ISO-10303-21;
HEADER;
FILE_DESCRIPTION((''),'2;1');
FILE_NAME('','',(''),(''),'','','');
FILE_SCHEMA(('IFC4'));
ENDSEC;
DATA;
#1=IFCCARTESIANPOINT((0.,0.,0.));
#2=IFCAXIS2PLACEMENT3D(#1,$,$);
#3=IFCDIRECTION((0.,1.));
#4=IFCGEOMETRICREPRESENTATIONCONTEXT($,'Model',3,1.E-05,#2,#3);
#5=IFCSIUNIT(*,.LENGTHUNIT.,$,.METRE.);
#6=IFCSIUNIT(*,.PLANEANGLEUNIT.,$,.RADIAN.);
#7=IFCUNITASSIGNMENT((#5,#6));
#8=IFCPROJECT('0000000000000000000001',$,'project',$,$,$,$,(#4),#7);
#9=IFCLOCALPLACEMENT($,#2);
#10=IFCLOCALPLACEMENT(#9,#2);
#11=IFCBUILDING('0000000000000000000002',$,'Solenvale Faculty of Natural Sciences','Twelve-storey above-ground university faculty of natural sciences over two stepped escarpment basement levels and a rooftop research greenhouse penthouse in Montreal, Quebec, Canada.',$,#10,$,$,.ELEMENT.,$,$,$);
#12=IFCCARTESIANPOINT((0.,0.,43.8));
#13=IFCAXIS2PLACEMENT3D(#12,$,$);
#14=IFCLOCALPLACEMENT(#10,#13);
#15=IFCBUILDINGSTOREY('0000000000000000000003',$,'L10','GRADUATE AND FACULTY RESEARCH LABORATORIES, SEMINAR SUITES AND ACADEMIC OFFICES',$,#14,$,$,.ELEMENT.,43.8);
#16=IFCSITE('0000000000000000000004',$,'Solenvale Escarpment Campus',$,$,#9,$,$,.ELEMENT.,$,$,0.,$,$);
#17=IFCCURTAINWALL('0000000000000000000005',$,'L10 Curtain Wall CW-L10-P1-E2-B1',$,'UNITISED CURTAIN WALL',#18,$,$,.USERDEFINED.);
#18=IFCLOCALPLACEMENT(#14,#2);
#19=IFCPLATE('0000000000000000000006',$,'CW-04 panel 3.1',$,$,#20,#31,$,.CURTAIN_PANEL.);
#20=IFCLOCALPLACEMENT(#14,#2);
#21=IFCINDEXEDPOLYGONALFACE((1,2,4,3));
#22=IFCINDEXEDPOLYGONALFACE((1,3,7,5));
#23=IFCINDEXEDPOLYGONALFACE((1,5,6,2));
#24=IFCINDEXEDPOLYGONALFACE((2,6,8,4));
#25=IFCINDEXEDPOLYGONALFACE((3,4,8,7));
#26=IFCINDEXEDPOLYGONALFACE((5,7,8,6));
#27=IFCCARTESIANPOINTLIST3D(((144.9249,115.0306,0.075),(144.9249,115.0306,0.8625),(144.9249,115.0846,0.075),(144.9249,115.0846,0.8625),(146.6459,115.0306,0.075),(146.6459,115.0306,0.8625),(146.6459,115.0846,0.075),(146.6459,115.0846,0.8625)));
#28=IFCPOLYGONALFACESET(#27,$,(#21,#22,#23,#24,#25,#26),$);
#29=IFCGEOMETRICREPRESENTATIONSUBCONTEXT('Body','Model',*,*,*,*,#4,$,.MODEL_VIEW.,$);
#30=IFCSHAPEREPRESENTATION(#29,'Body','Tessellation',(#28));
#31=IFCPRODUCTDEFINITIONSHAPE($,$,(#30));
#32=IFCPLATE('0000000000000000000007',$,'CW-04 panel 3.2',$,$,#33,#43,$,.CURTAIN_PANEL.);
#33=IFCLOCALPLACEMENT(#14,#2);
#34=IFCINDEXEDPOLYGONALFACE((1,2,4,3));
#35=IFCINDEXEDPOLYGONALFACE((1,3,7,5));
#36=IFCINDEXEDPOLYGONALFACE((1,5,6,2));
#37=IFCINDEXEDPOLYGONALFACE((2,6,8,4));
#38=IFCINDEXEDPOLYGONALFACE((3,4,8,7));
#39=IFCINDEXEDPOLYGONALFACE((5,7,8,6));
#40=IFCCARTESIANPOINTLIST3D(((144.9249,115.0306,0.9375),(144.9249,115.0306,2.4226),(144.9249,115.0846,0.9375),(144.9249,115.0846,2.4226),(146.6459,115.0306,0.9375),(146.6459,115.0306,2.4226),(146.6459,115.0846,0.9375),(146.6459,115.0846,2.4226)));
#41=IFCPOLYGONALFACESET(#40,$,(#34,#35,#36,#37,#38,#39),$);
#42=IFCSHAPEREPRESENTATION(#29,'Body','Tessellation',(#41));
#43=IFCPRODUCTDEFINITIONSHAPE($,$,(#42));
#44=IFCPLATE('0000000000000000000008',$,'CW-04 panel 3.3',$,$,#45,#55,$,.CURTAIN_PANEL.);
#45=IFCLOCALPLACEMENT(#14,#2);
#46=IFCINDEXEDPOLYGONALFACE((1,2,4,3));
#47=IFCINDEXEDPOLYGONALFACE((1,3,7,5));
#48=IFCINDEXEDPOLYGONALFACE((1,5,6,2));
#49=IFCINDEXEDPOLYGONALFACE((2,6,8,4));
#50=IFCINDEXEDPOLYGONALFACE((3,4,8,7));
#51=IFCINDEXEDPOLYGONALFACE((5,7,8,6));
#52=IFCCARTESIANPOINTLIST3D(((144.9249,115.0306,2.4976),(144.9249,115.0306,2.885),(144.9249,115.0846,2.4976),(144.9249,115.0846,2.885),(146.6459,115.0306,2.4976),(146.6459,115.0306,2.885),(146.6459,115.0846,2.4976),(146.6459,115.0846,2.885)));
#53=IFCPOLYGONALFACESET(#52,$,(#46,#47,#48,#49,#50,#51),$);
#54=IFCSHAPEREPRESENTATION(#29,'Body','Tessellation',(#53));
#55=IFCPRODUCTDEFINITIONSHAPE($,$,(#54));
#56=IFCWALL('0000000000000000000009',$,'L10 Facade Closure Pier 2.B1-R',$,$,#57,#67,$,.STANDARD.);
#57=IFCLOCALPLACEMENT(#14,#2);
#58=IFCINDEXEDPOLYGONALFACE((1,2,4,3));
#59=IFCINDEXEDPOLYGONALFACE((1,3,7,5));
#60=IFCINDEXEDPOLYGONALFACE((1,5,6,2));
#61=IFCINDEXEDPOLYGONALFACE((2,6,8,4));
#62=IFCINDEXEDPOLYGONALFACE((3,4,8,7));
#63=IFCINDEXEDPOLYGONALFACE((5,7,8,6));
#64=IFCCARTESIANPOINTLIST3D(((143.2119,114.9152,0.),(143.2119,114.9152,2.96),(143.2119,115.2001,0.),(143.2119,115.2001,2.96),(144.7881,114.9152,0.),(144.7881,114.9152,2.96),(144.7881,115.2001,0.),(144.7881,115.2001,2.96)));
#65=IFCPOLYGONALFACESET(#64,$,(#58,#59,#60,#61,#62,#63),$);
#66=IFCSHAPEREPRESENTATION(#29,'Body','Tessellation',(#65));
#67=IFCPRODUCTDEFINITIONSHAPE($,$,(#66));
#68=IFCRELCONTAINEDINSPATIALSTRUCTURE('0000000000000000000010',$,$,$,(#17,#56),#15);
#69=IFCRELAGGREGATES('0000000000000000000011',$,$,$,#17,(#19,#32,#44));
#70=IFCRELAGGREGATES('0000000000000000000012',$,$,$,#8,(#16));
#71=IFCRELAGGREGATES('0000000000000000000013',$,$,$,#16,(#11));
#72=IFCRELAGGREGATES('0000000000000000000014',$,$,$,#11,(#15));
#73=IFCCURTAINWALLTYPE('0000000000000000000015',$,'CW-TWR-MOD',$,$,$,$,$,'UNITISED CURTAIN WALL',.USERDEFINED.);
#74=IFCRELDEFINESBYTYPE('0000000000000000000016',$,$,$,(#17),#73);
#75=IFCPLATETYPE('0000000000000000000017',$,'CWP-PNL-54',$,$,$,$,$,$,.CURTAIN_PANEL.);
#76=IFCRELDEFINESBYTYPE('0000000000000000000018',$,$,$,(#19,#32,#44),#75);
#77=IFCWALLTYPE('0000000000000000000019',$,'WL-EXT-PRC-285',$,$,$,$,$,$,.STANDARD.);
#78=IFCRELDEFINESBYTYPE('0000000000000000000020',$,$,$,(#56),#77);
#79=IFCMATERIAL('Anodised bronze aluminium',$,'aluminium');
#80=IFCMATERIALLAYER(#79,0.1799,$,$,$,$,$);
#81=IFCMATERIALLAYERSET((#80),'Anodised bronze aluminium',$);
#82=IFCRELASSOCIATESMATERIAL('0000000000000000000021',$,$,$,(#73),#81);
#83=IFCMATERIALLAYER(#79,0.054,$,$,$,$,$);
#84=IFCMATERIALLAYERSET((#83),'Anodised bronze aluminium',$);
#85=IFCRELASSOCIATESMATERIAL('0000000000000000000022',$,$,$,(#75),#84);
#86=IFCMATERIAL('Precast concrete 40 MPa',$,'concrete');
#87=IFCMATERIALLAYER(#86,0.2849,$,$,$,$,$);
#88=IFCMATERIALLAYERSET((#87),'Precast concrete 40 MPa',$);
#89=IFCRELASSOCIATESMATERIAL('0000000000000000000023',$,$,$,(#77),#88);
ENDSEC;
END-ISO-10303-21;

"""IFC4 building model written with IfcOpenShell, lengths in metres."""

from ifc_helpers import new_model, si_unit, direction, frame, frame_2d, origin, origin_2d, place, context, subcontext, project, spatial, rectangle, extrude, material, layer, layer_set, type_object, element, aggregate, save


model = new_model("IFC4")

# Units and contexts
model_context = context("Model", 3, precision=1e-05, world=origin(), true_north=direction((0.0, 1.0)))
body_context = subcontext(model_context, "Body", "Model", "MODEL_VIEW")
ifc_project = project(units=[si_unit("LENGTHUNIT", "METRE"), si_unit("PLANEANGLEUNIT", "RADIAN")], contexts=[model_context])

# Site, building, storey
site_placement = place(None, origin())
site = spatial("IfcSite", under=ifc_project, at=site_placement, Name="Solenvale Escarpment Campus", CompositionType="ELEMENT", RefElevation=0.0)
building_placement = place(site_placement, origin())
building = spatial("IfcBuilding", under=site, at=building_placement, Name="Solenvale Faculty of Natural Sciences", Description="Twelve-storey above-ground university faculty of natural sciences over two stepped escarpment basement levels and a rooftop research greenhouse penthouse in Montreal, Quebec, Canada.", CompositionType="ELEMENT")
storey_placement = place(building_placement, frame((0.0, 0.0, 43.8)))
storey = spatial("IfcBuildingStorey", under=building, at=storey_placement, Name="L10", Description="GRADUATE AND FACULTY RESEARCH LABORATORIES, SEMINAR SUITES AND ACADEMIC OFFICES", CompositionType="ELEMENT", Elevation=43.8)

# Shared definitions
ifc_material_1 = material(Name="Precast concrete 40 MPa", Category="concrete")

# Curtain wall, plates
ifc_material_2 = material(Name="Anodised bronze aluminium", Category="aluminium")
ifc_layer_1 = layer(ifc_material_2, 0.1799)
ifc_layer_set_1 = layer_set([ifc_layer_1], Name="Anodised bronze aluminium")
curtain_wall_type = type_object("IfcCurtainWallType", Name="CW-TWR-MOD", ElementType="UNITISED CURTAIN WALL", PredefinedType="USERDEFINED", material=ifc_layer_set_1)
curtain_wall_placement = place(storey_placement, origin())
curtain_wall = element("IfcCurtainWall", 1, at=curtain_wall_placement, inside=storey, type_object=curtain_wall_type, Name="L10 Curtain Wall CW-L10-P1-E2-B1", ObjectType="UNITISED CURTAIN WALL", PredefinedType="USERDEFINED")
ifc_layer_2 = layer(ifc_material_2, 0.054)
ifc_layer_set_2 = layer_set([ifc_layer_2], Name="Anodised bronze aluminium")
plate_type = type_object("IfcPlateType", Name="CWP-PNL-54", PredefinedType="CURTAIN_PANEL", material=ifc_layer_set_2)
plate_1_placement = place(storey_placement, frame((145.7854, 115.0576, 0.075), z_axis=(0.0, 0.0, 1.0), x_axis=(-1.0, 0.0, 0.0)))
plate_1 = element("IfcPlate", 2, at=plate_1_placement, type_object=plate_type, Name="CW-04 panel 3.1", PredefinedType="CURTAIN_PANEL", context=body_context, shape_type="SweptSolid", body=[
    extrude(rectangle(XDim=1.7209, YDim=0.054, at=origin_2d()), origin(), (0.0, 0.0, 1.0), 0.7876),
])
plate_2_placement = place(storey_placement, frame((145.7854, 115.0576, 0.9375), z_axis=(0.0, 0.0, 1.0), x_axis=(-1.0, 0.0, 0.0)))
plate_2 = element("IfcPlate", 3, at=plate_2_placement, type_object=plate_type, Name="CW-04 panel 3.2", PredefinedType="CURTAIN_PANEL", context=body_context, shape_type="SweptSolid", body=[
    extrude(rectangle(XDim=1.7209, YDim=0.054, at=origin_2d()), origin(), (0.0, 0.0, 1.0), 1.4851),
])
plate_3_placement = place(storey_placement, frame((145.7854, 115.0576, 2.4976), z_axis=(0.0, 0.0, 1.0), x_axis=(-1.0, 0.0, 0.0)))
plate_3 = element("IfcPlate", 4, at=plate_3_placement, type_object=plate_type, Name="CW-04 panel 3.3", PredefinedType="CURTAIN_PANEL", context=body_context, shape_type="SweptSolid", body=[
    extrude(rectangle(XDim=1.7209, YDim=0.054, at=origin_2d()), origin(), (0.0, 0.0, 1.0), 0.3875),
])
aggregate(curtain_wall, [plate_1, plate_2, plate_3])

# Wall
ifc_layer_3 = layer(ifc_material_1, 0.2849)
ifc_layer_set_3 = layer_set([ifc_layer_3], Name="Precast concrete 40 MPa")
wall_type = type_object("IfcWallType", Name="WL-EXT-PRC-285", PredefinedType="STANDARD", material=ifc_layer_set_3)
wall_placement = place(storey_placement, frame((144.7881, 115.0576, 0.0), z_axis=(0.0, 0.0, 1.0), x_axis=(-1.0, 0.0, 0.0)))
element("IfcWall", 5, at=wall_placement, inside=storey, type_object=wall_type, Name="L10 Facade Closure Pier 2.B1-R", PredefinedType="STANDARD", context=body_context, shape_type="SweptSolid", body=[
    extrude(rectangle(XDim=1.5762, YDim=0.2849, at=frame_2d((0.7881, 0.0))), origin(), (0.0, 0.0, 1.0), 2.96),
])

save(model, "model.ifc")
